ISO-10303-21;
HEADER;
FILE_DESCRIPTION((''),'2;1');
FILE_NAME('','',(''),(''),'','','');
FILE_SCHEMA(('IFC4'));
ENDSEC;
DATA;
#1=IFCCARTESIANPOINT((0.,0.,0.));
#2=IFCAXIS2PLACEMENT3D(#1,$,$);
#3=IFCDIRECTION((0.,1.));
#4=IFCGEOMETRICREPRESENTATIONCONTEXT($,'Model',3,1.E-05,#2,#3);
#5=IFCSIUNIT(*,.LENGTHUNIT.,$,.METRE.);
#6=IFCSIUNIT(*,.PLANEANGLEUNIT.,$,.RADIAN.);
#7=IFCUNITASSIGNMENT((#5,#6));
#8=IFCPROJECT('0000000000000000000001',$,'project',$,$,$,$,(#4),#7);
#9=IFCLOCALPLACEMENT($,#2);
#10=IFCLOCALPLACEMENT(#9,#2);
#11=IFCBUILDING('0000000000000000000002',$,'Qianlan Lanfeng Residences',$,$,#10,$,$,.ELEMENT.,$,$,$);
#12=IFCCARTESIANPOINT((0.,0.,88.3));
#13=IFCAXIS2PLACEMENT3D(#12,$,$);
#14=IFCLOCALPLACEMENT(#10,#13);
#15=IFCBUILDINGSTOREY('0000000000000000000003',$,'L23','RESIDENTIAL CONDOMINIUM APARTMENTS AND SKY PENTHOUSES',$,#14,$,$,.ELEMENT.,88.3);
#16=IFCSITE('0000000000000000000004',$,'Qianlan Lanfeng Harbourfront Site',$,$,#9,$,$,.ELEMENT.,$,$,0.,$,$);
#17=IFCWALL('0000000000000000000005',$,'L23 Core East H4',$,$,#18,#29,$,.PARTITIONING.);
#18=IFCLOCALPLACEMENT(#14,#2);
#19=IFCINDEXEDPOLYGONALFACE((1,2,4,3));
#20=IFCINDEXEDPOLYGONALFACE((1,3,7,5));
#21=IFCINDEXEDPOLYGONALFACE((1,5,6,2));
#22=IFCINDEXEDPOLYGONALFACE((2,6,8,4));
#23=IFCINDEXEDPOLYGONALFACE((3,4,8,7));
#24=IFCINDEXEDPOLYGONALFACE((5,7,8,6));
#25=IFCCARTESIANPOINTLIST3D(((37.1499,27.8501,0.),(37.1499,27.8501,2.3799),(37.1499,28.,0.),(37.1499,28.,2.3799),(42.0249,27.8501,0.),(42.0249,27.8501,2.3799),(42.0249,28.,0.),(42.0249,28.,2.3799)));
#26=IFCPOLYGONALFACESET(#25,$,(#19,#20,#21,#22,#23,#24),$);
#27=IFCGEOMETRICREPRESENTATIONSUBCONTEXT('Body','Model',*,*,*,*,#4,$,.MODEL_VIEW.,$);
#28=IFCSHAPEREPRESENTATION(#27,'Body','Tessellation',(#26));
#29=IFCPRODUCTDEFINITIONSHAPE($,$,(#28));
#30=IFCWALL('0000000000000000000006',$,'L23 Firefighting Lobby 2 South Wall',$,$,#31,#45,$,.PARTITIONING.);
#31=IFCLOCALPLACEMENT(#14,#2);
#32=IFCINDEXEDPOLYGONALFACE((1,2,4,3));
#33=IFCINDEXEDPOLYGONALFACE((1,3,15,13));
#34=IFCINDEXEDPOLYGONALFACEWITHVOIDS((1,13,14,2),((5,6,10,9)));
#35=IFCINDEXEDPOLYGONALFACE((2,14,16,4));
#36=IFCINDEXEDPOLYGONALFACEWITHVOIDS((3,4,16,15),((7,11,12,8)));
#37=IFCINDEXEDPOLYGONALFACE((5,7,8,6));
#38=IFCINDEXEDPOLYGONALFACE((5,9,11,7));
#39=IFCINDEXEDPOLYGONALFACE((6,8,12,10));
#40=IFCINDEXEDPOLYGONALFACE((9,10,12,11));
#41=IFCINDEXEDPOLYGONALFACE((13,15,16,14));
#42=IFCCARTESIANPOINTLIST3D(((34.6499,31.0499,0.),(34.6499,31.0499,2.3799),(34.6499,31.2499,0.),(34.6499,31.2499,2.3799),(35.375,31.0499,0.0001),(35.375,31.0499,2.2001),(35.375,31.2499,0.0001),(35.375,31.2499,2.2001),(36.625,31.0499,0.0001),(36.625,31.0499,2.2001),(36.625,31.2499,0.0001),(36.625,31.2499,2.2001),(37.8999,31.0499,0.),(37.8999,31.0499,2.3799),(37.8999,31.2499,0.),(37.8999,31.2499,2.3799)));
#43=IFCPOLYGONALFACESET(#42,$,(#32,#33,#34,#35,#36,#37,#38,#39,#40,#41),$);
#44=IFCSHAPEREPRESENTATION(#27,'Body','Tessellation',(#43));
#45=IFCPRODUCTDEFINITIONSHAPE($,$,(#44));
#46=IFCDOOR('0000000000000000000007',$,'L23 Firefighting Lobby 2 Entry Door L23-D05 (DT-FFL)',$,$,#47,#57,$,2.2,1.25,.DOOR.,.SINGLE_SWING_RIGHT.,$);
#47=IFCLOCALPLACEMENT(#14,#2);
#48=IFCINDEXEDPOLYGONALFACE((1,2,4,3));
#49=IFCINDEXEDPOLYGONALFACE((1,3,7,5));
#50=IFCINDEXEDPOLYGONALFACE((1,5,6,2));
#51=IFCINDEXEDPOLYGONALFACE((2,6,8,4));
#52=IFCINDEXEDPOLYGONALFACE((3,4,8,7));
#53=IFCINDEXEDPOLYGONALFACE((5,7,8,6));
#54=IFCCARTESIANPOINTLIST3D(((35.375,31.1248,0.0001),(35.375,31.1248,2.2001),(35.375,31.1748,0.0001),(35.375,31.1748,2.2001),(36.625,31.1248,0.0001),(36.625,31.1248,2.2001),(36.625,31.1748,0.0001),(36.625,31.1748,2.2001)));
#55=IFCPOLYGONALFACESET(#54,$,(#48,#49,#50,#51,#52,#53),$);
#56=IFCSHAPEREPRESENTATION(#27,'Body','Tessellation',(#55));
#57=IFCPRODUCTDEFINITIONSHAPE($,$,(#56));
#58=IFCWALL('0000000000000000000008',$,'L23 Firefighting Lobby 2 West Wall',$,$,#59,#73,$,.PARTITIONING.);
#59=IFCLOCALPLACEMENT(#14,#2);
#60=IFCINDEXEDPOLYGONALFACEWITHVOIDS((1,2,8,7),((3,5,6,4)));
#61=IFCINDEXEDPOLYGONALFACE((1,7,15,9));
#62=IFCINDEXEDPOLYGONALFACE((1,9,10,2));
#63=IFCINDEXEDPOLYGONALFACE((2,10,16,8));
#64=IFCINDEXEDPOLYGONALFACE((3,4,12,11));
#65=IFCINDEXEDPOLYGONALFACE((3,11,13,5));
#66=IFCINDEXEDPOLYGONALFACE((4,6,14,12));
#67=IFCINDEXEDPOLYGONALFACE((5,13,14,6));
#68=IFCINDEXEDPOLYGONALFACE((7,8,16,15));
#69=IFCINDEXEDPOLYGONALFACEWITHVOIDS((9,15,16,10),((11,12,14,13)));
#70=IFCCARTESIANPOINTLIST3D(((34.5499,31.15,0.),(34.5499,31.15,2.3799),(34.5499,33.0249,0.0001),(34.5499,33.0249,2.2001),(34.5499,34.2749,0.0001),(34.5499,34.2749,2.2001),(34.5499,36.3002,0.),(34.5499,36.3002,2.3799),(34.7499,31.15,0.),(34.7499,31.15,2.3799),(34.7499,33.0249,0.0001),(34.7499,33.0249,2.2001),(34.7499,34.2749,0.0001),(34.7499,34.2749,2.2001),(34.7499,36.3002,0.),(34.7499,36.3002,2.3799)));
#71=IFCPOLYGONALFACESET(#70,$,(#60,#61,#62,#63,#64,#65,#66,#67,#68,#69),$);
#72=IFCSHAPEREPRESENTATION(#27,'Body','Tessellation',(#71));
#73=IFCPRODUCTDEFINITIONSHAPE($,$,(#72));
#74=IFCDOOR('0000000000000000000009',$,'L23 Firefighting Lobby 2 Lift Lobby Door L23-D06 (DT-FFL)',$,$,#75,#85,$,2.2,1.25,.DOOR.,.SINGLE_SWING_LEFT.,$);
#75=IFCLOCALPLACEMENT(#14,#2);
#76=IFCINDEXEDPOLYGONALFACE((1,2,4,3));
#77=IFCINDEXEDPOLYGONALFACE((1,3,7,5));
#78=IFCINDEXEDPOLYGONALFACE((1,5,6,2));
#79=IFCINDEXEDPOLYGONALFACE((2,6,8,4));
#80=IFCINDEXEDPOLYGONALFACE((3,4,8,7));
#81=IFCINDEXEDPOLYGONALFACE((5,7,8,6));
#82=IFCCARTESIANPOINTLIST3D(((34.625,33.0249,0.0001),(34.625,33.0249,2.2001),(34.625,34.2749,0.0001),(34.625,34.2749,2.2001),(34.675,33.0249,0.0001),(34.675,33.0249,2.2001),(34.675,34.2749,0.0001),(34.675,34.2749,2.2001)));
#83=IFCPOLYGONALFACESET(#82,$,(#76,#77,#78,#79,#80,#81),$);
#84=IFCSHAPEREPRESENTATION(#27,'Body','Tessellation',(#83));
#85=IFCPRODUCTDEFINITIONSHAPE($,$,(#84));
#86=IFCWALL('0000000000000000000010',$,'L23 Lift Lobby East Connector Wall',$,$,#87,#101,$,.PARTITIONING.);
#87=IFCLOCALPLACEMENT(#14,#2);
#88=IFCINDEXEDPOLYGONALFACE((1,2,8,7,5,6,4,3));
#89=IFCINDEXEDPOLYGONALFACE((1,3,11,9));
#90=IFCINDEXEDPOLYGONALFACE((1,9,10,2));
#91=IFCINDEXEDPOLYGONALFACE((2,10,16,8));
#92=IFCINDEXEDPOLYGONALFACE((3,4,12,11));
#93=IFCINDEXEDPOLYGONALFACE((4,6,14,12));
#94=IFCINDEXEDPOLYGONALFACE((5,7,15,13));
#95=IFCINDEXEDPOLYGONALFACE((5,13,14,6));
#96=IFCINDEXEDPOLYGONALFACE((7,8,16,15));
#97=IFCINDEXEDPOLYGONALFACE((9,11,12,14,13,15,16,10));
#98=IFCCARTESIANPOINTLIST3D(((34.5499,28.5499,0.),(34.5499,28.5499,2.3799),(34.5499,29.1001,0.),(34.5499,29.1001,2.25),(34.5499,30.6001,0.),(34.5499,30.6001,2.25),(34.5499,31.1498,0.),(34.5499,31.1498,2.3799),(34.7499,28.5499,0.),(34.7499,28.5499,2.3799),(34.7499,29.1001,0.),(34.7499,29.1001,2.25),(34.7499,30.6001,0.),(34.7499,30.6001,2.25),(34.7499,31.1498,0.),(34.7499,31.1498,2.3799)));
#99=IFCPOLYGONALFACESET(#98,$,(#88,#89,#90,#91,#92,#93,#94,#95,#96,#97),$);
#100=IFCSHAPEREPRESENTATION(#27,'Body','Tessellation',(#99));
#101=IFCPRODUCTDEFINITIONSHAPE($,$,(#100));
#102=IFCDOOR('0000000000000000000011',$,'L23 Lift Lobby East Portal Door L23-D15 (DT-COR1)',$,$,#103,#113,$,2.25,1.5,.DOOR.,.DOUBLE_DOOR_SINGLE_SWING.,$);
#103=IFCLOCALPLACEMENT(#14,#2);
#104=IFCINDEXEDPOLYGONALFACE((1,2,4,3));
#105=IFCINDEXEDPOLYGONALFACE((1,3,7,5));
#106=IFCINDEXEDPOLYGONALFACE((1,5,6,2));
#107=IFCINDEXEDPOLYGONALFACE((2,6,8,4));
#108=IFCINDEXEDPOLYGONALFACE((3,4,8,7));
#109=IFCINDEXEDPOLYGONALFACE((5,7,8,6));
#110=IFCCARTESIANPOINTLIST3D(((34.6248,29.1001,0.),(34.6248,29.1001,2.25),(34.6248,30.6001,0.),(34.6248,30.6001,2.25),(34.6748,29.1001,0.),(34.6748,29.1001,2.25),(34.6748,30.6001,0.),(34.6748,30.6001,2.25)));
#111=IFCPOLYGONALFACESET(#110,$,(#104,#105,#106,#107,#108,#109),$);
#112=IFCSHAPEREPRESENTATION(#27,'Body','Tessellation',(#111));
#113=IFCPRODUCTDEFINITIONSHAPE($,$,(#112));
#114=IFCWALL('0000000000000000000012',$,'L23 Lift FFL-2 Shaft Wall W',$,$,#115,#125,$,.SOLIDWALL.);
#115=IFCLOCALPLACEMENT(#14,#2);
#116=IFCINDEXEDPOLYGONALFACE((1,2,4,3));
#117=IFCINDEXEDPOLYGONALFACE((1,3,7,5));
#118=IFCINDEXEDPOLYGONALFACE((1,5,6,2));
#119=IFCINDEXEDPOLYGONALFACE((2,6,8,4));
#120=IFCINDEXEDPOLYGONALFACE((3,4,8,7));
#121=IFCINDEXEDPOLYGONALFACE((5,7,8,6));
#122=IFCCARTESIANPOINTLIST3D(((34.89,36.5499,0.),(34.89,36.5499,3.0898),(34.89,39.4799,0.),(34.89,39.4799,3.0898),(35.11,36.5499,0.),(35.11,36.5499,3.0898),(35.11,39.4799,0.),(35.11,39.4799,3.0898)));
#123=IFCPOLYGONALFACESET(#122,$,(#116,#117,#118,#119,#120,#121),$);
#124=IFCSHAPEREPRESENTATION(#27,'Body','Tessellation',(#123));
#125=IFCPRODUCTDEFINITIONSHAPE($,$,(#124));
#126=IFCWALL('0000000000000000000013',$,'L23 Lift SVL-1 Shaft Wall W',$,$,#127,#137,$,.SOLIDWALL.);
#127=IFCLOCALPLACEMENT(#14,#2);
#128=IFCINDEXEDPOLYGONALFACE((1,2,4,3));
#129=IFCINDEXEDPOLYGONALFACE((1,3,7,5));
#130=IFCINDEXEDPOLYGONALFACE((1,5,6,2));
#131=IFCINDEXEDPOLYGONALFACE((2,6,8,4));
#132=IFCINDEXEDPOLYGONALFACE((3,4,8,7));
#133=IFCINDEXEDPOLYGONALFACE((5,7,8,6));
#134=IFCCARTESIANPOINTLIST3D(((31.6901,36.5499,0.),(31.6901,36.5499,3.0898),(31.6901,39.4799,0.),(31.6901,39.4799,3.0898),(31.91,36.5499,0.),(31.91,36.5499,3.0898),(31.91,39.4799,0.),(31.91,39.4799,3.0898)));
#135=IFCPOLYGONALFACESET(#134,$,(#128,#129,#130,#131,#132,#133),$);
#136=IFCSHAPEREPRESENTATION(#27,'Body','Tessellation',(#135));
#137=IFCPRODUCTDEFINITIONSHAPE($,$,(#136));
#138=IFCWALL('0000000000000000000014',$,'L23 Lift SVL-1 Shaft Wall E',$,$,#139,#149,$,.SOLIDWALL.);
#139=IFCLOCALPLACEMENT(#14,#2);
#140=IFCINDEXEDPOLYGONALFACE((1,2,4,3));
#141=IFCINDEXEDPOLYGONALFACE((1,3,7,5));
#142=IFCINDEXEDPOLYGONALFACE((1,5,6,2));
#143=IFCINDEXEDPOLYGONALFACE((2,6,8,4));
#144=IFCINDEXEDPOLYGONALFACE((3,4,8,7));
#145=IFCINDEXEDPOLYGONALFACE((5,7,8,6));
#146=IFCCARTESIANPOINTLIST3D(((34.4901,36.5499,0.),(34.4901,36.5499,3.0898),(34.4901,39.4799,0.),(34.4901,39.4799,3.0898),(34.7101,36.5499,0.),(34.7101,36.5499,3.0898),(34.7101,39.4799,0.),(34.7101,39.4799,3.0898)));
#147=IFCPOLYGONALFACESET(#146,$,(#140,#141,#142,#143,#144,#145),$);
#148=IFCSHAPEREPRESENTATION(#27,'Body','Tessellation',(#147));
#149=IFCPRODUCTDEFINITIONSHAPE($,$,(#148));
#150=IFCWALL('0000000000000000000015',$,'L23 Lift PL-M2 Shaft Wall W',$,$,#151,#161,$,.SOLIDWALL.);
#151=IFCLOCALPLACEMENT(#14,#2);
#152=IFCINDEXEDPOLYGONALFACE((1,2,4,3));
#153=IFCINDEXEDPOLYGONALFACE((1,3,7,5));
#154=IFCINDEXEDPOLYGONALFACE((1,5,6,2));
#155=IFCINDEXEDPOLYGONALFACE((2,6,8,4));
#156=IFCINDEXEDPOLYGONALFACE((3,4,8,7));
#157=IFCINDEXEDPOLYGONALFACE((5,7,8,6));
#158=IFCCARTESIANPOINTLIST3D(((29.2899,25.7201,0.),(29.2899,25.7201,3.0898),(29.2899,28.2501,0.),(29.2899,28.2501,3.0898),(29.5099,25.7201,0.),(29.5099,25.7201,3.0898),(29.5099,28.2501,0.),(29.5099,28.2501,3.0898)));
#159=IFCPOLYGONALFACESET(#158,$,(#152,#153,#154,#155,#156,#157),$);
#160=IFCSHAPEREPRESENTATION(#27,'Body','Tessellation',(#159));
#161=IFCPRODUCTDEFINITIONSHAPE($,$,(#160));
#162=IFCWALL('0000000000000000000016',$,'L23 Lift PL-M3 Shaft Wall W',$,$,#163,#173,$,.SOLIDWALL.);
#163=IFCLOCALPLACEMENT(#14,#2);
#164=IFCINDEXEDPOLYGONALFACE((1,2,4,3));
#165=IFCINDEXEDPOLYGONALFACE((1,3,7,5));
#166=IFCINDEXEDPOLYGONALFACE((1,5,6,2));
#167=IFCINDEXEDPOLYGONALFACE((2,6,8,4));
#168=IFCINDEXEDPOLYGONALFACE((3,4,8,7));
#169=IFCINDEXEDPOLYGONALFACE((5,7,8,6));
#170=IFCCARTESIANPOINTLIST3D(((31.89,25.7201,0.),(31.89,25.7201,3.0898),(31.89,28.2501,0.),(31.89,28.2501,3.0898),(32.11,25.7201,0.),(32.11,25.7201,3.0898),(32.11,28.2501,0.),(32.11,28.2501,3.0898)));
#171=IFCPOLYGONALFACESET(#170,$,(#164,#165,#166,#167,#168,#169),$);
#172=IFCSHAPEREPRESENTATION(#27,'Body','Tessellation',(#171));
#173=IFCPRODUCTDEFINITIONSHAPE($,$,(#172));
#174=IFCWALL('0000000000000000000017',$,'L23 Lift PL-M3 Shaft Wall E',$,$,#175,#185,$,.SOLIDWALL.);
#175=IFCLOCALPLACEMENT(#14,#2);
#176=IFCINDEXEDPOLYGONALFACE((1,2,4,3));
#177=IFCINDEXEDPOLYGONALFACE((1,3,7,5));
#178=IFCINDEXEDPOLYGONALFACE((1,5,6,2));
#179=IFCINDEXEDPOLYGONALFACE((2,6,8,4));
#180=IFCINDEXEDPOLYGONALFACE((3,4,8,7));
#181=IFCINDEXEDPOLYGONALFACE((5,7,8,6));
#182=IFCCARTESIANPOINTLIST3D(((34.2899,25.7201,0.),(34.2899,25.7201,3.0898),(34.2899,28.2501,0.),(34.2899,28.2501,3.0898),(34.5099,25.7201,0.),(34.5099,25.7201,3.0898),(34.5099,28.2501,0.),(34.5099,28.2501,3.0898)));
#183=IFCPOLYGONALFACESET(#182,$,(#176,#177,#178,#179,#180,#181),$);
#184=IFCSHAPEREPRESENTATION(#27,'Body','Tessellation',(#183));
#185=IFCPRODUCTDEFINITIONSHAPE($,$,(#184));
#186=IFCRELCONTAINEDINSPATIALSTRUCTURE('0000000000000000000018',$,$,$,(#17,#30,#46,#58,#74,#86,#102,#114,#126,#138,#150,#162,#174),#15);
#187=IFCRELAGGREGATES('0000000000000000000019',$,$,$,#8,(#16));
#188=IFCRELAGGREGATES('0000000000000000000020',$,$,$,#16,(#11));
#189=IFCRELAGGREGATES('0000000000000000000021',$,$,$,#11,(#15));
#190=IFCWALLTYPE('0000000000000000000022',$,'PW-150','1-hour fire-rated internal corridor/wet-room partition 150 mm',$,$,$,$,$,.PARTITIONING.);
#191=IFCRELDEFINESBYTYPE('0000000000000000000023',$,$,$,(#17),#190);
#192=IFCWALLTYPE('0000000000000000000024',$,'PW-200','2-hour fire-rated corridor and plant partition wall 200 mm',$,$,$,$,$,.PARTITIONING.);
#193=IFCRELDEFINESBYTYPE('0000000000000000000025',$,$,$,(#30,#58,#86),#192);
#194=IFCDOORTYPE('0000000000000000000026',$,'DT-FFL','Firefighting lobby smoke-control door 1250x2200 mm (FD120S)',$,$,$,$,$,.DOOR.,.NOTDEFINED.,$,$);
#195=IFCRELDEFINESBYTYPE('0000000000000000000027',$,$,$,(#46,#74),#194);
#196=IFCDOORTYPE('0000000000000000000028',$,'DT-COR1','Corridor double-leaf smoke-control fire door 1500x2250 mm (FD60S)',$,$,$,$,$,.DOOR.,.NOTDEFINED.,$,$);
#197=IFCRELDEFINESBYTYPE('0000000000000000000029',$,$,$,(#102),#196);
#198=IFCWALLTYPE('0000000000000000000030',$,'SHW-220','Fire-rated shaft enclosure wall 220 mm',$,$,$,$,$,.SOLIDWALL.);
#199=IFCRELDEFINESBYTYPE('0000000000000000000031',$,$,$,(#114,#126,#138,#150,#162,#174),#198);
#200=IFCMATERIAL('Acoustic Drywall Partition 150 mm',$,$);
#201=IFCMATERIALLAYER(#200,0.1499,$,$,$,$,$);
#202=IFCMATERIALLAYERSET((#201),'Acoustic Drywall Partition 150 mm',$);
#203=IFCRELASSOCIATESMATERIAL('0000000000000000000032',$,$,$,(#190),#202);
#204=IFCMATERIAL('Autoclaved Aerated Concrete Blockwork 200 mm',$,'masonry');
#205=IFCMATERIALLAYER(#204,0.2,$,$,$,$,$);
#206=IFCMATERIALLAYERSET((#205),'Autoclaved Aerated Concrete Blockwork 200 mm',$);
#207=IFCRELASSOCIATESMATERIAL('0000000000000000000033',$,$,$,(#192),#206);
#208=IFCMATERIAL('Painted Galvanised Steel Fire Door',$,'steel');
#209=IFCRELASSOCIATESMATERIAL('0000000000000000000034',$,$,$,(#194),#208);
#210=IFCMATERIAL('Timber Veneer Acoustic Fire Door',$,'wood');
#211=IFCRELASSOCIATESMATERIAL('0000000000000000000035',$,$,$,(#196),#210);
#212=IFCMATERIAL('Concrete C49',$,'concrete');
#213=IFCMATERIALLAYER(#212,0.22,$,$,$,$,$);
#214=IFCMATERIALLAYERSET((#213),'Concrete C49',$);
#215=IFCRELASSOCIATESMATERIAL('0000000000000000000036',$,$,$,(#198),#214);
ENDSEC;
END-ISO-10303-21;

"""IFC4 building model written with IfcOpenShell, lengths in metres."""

from ifc_helpers import new_model, si_unit, direction, frame, frame_2d, origin, place, context, subcontext, project, spatial, rectangle, extrude, material, layer, layer_set, type_object, element, fill, save


model = new_model("IFC4")

# Units and contexts
model_context = context("Model", 3, precision=1e-05, world=origin(), true_north=direction((0.0, 1.0)))
body_context = subcontext(model_context, "Body", "Model", "MODEL_VIEW")
ifc_project = project(units=[si_unit("LENGTHUNIT", "METRE"), si_unit("PLANEANGLEUNIT", "RADIAN")], contexts=[model_context])

# Site, building, storey
site_placement = place(None, origin())
site = spatial("IfcSite", under=ifc_project, at=site_placement, Name="Qianlan Lanfeng Harbourfront Site", CompositionType="ELEMENT", RefElevation=0.0)
building_placement = place(site_placement, origin())
building = spatial("IfcBuilding", under=site, at=building_placement, Name="Qianlan Lanfeng Residences", CompositionType="ELEMENT")
storey_placement = place(building_placement, frame((0.0, 0.0, 88.3)))
storey = spatial("IfcBuildingStorey", under=building, at=storey_placement, Name="L23", Description="RESIDENTIAL CONDOMINIUM APARTMENTS AND SKY PENTHOUSES", CompositionType="ELEMENT", Elevation=88.3)

# Wall
ifc_material_1 = material(Name="Acoustic Drywall Partition 150 mm")
ifc_layer_1 = layer(ifc_material_1, 0.1499)
ifc_layer_set_1 = layer_set([ifc_layer_1], Name="Acoustic Drywall Partition 150 mm")
wall_type_1 = type_object("IfcWallType", Name="PW-150", Description="1-hour fire-rated internal corridor/wet-room partition 150 mm", PredefinedType="PARTITIONING", material=ifc_layer_set_1)
wall_1_placement = place(storey_placement, frame((37.1499, 27.925, 0.0), z_axis=(0.0, 0.0, 1.0), x_axis=(1.0, 0.0, 0.0)))
element("IfcWall", 1, at=wall_1_placement, inside=storey, type_object=wall_type_1, Name="L23 Core East H4", PredefinedType="PARTITIONING", context=body_context, shape_type="SweptSolid", body=[
    extrude(rectangle(XDim=4.875, YDim=0.1499, at=frame_2d((2.4375, 0.0))), origin(), (0.0, 0.0, 1.0), 2.3799),
])

# Walls, openings, doors
ifc_material_2 = material(Name="Autoclaved Aerated Concrete Blockwork 200 mm", Category="masonry")
ifc_layer_2 = layer(ifc_material_2, 0.2)
ifc_layer_set_2 = layer_set([ifc_layer_2], Name="Autoclaved Aerated Concrete Blockwork 200 mm")
wall_type_2 = type_object("IfcWallType", Name="PW-200", Description="2-hour fire-rated corridor and plant partition wall 200 mm", PredefinedType="PARTITIONING", material=ifc_layer_set_2)
wall_2_placement = place(storey_placement, frame((34.6499, 31.1499, 0.0), z_axis=(0.0, 0.0, 1.0), x_axis=(1.0, 0.0, 0.0)))
wall_2 = element("IfcWall", 2, at=wall_2_placement, inside=storey, type_object=wall_type_2, Name="L23 Firefighting Lobby 2 South Wall", PredefinedType="PARTITIONING", context=body_context, shape_type="SweptSolid", body=[
    extrude(rectangle(XDim=3.25, YDim=0.2, at=frame_2d((1.625, 0.0))), origin(), (0.0, 0.0, 1.0), 2.3799),
])
opening_1_placement = place(wall_2_placement, frame((0.7251, 0.0, 0.0)))
opening_1 = element("IfcOpeningElement", 3, at=opening_1_placement, cuts=wall_2, PredefinedType="OPENING", context=body_context, shape_type="SweptSolid", body=[
    extrude(rectangle(XDim=1.25, YDim=2.2, at=frame_2d((0.625, 1.1001))), frame((0.0, 0.1099, 0.0), z_axis=(0.0, -1.0, 0.0), x_axis=(1.0, 0.0, 0.0)), (0.0, 0.0, 1.0), 0.22),
])
ifc_material_3 = material(Name="Painted Galvanised Steel Fire Door", Category="steel")
door_type_1 = type_object("IfcDoorType", Name="DT-FFL", Description="Firefighting lobby smoke-control door 1250x2200 mm (FD120S)", OperationType="NOTDEFINED", PredefinedType="DOOR", material=ifc_material_3)
door_1_placement = place(opening_1_placement, origin())
door_1 = element("IfcDoor", 4, at=door_1_placement, inside=storey, type_object=door_type_1, Name="L23 Firefighting Lobby 2 Entry Door L23-D05 (DT-FFL)", OperationType="SINGLE_SWING_RIGHT", OverallHeight=2.2, OverallWidth=1.25, PredefinedType="DOOR", context=body_context, shape_type="SweptSolid", body=[
    extrude(rectangle(XDim=1.25, YDim=2.2, at=frame_2d((0.625, 1.1001))), frame((0.0, 0.0249, 0.0), z_axis=(0.0, -1.0, 0.0), x_axis=(1.0, 0.0, 0.0)), (0.0, 0.0, 1.0), 0.05),
])
fill(opening_1, door_1)
wall_3_placement = place(storey_placement, frame((34.6499, 31.1499, 0.0), z_axis=(0.0, 0.0, 1.0), x_axis=(0.0, 1.0, 0.0)))
wall_3 = element("IfcWall", 5, at=wall_3_placement, inside=storey, type_object=wall_type_2, Name="L23 Firefighting Lobby 2 West Wall", PredefinedType="PARTITIONING", context=body_context, shape_type="SweptSolid", body=[
    extrude(rectangle(XDim=5.1501, YDim=0.2, at=frame_2d((2.5752, 0.0))), origin(), (0.0, 0.0, 1.0), 2.3799),
])
opening_2_placement = place(wall_3_placement, frame((1.875, 0.0, 0.0)))
opening_2 = element("IfcOpeningElement", 6, at=opening_2_placement, cuts=wall_3, PredefinedType="OPENING", context=body_context, shape_type="SweptSolid", body=[
    extrude(rectangle(XDim=1.25, YDim=2.2, at=frame_2d((0.625, 1.1001))), frame((0.0, 0.1099, 0.0), z_axis=(0.0, -1.0, 0.0), x_axis=(1.0, 0.0, 0.0)), (0.0, 0.0, 1.0), 0.22),
])
door_2_placement = place(opening_2_placement, origin())
door_2 = element("IfcDoor", 7, at=door_2_placement, inside=storey, type_object=door_type_1, Name="L23 Firefighting Lobby 2 Lift Lobby Door L23-D06 (DT-FFL)", OperationType="SINGLE_SWING_LEFT", OverallHeight=2.2, OverallWidth=1.25, PredefinedType="DOOR", context=body_context, shape_type="SweptSolid", body=[
    extrude(rectangle(XDim=1.25, YDim=2.2, at=frame_2d((0.625, 1.1001))), frame((0.0, 0.0249, 0.0), z_axis=(0.0, -1.0, 0.0), x_axis=(1.0, 0.0, 0.0)), (0.0, 0.0, 1.0), 0.05),
])
fill(opening_2, door_2)
wall_4_placement = place(storey_placement, frame((34.6499, 28.55, 0.0), z_axis=(0.0, 0.0, 1.0), x_axis=(0.0, 1.0, 0.0)))
wall_4 = element("IfcWall", 8, at=wall_4_placement, inside=storey, type_object=wall_type_2, Name="L23 Lift Lobby East Connector Wall", PredefinedType="PARTITIONING", context=body_context, shape_type="SweptSolid", body=[
    extrude(rectangle(XDim=2.5999, YDim=0.2, at=frame_2d((1.2998, 0.0))), origin(), (0.0, 0.0, 1.0), 2.3799),
])
opening_3_placement = place(wall_4_placement, frame((0.55, 0.0, 0.0)))
opening_3 = element("IfcOpeningElement", 9, at=opening_3_placement, cuts=wall_4, PredefinedType="OPENING", context=body_context, shape_type="SweptSolid", body=[
    extrude(rectangle(XDim=1.5, YDim=2.25, at=frame_2d((0.75, 1.125))), frame((0.0, 0.1099, 0.0), z_axis=(0.0, -1.0, 0.0), x_axis=(1.0, 0.0, 0.0)), (0.0, 0.0, 1.0), 0.22),
])
ifc_material_4 = material(Name="Timber Veneer Acoustic Fire Door", Category="wood")
door_type_2 = type_object("IfcDoorType", Name="DT-COR1", Description="Corridor double-leaf smoke-control fire door 1500x2250 mm (FD60S)", OperationType="NOTDEFINED", PredefinedType="DOOR", material=ifc_material_4)
door_3_placement = place(opening_3_placement, frame((1.5, 0.0, 0.0), z_axis=(0.0, 0.0, 1.0), x_axis=(-1.0, 0.0, 0.0)))
door_3 = element("IfcDoor", 10, at=door_3_placement, inside=storey, type_object=door_type_2, Name="L23 Lift Lobby East Portal Door L23-D15 (DT-COR1)", OperationType="DOUBLE_DOOR_SINGLE_SWING", OverallHeight=2.25, OverallWidth=1.5, PredefinedType="DOOR", context=body_context, shape_type="SweptSolid", body=[
    extrude(rectangle(XDim=1.5, YDim=2.25, at=frame_2d((0.75, 1.125))), frame((0.0, 0.0249, 0.0), z_axis=(0.0, -1.0, 0.0), x_axis=(1.0, 0.0, 0.0)), (0.0, 0.0, 1.0), 0.05),
])
fill(opening_3, door_3)

# Walls
ifc_material_5 = material(Name="Concrete C49", Category="concrete")
ifc_layer_3 = layer(ifc_material_5, 0.22)
ifc_layer_set_3 = layer_set([ifc_layer_3], Name="Concrete C49")
wall_type_3 = type_object("IfcWallType", Name="SHW-220", Description="Fire-rated shaft enclosure wall 220 mm", PredefinedType="SOLIDWALL", material=ifc_layer_set_3)
for number, where, z_axis, x_axis, name in (
    (11, (35.0, 36.55, 0.0), (0.0, 0.0, 1.0), (0.0, 1.0, 0.0), "L23 Lift FFL-2 Shaft Wall W"),
    (12, (31.8, 36.55, 0.0), (0.0, 0.0, 1.0), (0.0, 1.0, 0.0), "L23 Lift SVL-1 Shaft Wall W"),
    (13, (34.6001, 36.55, 0.0), (0.0, 0.0, 1.0), (0.0, 1.0, 0.0), "L23 Lift SVL-1 Shaft Wall E"),
):
    element("IfcWall", number, at=place(storey_placement, frame(where, z_axis=z_axis, x_axis=x_axis)), inside=storey, type_object=wall_type_3, Name=name, PredefinedType="SOLIDWALL", context=body_context, shape_type="SweptSolid", body=[
        extrude(rectangle(XDim=2.9299, YDim=0.22, at=frame_2d((1.4648, 0.0))), origin(), (0.0, 0.0, 1.0), 3.0898),
    ])
for number, where, z_axis, x_axis, name in (
    (14, (29.3999, 25.72, 0.0), (0.0, 0.0, 1.0), (0.0, 1.0, 0.0), "L23 Lift PL-M2 Shaft Wall W"),
    (15, (32.0, 25.72, 0.0), (0.0, 0.0, 1.0), (0.0, 1.0, 0.0), "L23 Lift PL-M3 Shaft Wall W"),
    (16, (34.3999, 25.72, 0.0), (0.0, 0.0, 1.0), (0.0, 1.0, 0.0), "L23 Lift PL-M3 Shaft Wall E"),
):
    element("IfcWall", number, at=place(storey_placement, frame(where, z_axis=z_axis, x_axis=x_axis)), inside=storey, type_object=wall_type_3, Name=name, PredefinedType="SOLIDWALL", context=body_context, shape_type="SweptSolid", body=[
        extrude(rectangle(XDim=2.53, YDim=0.22, at=frame_2d((1.2651, 0.0))), origin(), (0.0, 0.0, 1.0), 3.0898),
    ])

save(model, "model.ifc")
